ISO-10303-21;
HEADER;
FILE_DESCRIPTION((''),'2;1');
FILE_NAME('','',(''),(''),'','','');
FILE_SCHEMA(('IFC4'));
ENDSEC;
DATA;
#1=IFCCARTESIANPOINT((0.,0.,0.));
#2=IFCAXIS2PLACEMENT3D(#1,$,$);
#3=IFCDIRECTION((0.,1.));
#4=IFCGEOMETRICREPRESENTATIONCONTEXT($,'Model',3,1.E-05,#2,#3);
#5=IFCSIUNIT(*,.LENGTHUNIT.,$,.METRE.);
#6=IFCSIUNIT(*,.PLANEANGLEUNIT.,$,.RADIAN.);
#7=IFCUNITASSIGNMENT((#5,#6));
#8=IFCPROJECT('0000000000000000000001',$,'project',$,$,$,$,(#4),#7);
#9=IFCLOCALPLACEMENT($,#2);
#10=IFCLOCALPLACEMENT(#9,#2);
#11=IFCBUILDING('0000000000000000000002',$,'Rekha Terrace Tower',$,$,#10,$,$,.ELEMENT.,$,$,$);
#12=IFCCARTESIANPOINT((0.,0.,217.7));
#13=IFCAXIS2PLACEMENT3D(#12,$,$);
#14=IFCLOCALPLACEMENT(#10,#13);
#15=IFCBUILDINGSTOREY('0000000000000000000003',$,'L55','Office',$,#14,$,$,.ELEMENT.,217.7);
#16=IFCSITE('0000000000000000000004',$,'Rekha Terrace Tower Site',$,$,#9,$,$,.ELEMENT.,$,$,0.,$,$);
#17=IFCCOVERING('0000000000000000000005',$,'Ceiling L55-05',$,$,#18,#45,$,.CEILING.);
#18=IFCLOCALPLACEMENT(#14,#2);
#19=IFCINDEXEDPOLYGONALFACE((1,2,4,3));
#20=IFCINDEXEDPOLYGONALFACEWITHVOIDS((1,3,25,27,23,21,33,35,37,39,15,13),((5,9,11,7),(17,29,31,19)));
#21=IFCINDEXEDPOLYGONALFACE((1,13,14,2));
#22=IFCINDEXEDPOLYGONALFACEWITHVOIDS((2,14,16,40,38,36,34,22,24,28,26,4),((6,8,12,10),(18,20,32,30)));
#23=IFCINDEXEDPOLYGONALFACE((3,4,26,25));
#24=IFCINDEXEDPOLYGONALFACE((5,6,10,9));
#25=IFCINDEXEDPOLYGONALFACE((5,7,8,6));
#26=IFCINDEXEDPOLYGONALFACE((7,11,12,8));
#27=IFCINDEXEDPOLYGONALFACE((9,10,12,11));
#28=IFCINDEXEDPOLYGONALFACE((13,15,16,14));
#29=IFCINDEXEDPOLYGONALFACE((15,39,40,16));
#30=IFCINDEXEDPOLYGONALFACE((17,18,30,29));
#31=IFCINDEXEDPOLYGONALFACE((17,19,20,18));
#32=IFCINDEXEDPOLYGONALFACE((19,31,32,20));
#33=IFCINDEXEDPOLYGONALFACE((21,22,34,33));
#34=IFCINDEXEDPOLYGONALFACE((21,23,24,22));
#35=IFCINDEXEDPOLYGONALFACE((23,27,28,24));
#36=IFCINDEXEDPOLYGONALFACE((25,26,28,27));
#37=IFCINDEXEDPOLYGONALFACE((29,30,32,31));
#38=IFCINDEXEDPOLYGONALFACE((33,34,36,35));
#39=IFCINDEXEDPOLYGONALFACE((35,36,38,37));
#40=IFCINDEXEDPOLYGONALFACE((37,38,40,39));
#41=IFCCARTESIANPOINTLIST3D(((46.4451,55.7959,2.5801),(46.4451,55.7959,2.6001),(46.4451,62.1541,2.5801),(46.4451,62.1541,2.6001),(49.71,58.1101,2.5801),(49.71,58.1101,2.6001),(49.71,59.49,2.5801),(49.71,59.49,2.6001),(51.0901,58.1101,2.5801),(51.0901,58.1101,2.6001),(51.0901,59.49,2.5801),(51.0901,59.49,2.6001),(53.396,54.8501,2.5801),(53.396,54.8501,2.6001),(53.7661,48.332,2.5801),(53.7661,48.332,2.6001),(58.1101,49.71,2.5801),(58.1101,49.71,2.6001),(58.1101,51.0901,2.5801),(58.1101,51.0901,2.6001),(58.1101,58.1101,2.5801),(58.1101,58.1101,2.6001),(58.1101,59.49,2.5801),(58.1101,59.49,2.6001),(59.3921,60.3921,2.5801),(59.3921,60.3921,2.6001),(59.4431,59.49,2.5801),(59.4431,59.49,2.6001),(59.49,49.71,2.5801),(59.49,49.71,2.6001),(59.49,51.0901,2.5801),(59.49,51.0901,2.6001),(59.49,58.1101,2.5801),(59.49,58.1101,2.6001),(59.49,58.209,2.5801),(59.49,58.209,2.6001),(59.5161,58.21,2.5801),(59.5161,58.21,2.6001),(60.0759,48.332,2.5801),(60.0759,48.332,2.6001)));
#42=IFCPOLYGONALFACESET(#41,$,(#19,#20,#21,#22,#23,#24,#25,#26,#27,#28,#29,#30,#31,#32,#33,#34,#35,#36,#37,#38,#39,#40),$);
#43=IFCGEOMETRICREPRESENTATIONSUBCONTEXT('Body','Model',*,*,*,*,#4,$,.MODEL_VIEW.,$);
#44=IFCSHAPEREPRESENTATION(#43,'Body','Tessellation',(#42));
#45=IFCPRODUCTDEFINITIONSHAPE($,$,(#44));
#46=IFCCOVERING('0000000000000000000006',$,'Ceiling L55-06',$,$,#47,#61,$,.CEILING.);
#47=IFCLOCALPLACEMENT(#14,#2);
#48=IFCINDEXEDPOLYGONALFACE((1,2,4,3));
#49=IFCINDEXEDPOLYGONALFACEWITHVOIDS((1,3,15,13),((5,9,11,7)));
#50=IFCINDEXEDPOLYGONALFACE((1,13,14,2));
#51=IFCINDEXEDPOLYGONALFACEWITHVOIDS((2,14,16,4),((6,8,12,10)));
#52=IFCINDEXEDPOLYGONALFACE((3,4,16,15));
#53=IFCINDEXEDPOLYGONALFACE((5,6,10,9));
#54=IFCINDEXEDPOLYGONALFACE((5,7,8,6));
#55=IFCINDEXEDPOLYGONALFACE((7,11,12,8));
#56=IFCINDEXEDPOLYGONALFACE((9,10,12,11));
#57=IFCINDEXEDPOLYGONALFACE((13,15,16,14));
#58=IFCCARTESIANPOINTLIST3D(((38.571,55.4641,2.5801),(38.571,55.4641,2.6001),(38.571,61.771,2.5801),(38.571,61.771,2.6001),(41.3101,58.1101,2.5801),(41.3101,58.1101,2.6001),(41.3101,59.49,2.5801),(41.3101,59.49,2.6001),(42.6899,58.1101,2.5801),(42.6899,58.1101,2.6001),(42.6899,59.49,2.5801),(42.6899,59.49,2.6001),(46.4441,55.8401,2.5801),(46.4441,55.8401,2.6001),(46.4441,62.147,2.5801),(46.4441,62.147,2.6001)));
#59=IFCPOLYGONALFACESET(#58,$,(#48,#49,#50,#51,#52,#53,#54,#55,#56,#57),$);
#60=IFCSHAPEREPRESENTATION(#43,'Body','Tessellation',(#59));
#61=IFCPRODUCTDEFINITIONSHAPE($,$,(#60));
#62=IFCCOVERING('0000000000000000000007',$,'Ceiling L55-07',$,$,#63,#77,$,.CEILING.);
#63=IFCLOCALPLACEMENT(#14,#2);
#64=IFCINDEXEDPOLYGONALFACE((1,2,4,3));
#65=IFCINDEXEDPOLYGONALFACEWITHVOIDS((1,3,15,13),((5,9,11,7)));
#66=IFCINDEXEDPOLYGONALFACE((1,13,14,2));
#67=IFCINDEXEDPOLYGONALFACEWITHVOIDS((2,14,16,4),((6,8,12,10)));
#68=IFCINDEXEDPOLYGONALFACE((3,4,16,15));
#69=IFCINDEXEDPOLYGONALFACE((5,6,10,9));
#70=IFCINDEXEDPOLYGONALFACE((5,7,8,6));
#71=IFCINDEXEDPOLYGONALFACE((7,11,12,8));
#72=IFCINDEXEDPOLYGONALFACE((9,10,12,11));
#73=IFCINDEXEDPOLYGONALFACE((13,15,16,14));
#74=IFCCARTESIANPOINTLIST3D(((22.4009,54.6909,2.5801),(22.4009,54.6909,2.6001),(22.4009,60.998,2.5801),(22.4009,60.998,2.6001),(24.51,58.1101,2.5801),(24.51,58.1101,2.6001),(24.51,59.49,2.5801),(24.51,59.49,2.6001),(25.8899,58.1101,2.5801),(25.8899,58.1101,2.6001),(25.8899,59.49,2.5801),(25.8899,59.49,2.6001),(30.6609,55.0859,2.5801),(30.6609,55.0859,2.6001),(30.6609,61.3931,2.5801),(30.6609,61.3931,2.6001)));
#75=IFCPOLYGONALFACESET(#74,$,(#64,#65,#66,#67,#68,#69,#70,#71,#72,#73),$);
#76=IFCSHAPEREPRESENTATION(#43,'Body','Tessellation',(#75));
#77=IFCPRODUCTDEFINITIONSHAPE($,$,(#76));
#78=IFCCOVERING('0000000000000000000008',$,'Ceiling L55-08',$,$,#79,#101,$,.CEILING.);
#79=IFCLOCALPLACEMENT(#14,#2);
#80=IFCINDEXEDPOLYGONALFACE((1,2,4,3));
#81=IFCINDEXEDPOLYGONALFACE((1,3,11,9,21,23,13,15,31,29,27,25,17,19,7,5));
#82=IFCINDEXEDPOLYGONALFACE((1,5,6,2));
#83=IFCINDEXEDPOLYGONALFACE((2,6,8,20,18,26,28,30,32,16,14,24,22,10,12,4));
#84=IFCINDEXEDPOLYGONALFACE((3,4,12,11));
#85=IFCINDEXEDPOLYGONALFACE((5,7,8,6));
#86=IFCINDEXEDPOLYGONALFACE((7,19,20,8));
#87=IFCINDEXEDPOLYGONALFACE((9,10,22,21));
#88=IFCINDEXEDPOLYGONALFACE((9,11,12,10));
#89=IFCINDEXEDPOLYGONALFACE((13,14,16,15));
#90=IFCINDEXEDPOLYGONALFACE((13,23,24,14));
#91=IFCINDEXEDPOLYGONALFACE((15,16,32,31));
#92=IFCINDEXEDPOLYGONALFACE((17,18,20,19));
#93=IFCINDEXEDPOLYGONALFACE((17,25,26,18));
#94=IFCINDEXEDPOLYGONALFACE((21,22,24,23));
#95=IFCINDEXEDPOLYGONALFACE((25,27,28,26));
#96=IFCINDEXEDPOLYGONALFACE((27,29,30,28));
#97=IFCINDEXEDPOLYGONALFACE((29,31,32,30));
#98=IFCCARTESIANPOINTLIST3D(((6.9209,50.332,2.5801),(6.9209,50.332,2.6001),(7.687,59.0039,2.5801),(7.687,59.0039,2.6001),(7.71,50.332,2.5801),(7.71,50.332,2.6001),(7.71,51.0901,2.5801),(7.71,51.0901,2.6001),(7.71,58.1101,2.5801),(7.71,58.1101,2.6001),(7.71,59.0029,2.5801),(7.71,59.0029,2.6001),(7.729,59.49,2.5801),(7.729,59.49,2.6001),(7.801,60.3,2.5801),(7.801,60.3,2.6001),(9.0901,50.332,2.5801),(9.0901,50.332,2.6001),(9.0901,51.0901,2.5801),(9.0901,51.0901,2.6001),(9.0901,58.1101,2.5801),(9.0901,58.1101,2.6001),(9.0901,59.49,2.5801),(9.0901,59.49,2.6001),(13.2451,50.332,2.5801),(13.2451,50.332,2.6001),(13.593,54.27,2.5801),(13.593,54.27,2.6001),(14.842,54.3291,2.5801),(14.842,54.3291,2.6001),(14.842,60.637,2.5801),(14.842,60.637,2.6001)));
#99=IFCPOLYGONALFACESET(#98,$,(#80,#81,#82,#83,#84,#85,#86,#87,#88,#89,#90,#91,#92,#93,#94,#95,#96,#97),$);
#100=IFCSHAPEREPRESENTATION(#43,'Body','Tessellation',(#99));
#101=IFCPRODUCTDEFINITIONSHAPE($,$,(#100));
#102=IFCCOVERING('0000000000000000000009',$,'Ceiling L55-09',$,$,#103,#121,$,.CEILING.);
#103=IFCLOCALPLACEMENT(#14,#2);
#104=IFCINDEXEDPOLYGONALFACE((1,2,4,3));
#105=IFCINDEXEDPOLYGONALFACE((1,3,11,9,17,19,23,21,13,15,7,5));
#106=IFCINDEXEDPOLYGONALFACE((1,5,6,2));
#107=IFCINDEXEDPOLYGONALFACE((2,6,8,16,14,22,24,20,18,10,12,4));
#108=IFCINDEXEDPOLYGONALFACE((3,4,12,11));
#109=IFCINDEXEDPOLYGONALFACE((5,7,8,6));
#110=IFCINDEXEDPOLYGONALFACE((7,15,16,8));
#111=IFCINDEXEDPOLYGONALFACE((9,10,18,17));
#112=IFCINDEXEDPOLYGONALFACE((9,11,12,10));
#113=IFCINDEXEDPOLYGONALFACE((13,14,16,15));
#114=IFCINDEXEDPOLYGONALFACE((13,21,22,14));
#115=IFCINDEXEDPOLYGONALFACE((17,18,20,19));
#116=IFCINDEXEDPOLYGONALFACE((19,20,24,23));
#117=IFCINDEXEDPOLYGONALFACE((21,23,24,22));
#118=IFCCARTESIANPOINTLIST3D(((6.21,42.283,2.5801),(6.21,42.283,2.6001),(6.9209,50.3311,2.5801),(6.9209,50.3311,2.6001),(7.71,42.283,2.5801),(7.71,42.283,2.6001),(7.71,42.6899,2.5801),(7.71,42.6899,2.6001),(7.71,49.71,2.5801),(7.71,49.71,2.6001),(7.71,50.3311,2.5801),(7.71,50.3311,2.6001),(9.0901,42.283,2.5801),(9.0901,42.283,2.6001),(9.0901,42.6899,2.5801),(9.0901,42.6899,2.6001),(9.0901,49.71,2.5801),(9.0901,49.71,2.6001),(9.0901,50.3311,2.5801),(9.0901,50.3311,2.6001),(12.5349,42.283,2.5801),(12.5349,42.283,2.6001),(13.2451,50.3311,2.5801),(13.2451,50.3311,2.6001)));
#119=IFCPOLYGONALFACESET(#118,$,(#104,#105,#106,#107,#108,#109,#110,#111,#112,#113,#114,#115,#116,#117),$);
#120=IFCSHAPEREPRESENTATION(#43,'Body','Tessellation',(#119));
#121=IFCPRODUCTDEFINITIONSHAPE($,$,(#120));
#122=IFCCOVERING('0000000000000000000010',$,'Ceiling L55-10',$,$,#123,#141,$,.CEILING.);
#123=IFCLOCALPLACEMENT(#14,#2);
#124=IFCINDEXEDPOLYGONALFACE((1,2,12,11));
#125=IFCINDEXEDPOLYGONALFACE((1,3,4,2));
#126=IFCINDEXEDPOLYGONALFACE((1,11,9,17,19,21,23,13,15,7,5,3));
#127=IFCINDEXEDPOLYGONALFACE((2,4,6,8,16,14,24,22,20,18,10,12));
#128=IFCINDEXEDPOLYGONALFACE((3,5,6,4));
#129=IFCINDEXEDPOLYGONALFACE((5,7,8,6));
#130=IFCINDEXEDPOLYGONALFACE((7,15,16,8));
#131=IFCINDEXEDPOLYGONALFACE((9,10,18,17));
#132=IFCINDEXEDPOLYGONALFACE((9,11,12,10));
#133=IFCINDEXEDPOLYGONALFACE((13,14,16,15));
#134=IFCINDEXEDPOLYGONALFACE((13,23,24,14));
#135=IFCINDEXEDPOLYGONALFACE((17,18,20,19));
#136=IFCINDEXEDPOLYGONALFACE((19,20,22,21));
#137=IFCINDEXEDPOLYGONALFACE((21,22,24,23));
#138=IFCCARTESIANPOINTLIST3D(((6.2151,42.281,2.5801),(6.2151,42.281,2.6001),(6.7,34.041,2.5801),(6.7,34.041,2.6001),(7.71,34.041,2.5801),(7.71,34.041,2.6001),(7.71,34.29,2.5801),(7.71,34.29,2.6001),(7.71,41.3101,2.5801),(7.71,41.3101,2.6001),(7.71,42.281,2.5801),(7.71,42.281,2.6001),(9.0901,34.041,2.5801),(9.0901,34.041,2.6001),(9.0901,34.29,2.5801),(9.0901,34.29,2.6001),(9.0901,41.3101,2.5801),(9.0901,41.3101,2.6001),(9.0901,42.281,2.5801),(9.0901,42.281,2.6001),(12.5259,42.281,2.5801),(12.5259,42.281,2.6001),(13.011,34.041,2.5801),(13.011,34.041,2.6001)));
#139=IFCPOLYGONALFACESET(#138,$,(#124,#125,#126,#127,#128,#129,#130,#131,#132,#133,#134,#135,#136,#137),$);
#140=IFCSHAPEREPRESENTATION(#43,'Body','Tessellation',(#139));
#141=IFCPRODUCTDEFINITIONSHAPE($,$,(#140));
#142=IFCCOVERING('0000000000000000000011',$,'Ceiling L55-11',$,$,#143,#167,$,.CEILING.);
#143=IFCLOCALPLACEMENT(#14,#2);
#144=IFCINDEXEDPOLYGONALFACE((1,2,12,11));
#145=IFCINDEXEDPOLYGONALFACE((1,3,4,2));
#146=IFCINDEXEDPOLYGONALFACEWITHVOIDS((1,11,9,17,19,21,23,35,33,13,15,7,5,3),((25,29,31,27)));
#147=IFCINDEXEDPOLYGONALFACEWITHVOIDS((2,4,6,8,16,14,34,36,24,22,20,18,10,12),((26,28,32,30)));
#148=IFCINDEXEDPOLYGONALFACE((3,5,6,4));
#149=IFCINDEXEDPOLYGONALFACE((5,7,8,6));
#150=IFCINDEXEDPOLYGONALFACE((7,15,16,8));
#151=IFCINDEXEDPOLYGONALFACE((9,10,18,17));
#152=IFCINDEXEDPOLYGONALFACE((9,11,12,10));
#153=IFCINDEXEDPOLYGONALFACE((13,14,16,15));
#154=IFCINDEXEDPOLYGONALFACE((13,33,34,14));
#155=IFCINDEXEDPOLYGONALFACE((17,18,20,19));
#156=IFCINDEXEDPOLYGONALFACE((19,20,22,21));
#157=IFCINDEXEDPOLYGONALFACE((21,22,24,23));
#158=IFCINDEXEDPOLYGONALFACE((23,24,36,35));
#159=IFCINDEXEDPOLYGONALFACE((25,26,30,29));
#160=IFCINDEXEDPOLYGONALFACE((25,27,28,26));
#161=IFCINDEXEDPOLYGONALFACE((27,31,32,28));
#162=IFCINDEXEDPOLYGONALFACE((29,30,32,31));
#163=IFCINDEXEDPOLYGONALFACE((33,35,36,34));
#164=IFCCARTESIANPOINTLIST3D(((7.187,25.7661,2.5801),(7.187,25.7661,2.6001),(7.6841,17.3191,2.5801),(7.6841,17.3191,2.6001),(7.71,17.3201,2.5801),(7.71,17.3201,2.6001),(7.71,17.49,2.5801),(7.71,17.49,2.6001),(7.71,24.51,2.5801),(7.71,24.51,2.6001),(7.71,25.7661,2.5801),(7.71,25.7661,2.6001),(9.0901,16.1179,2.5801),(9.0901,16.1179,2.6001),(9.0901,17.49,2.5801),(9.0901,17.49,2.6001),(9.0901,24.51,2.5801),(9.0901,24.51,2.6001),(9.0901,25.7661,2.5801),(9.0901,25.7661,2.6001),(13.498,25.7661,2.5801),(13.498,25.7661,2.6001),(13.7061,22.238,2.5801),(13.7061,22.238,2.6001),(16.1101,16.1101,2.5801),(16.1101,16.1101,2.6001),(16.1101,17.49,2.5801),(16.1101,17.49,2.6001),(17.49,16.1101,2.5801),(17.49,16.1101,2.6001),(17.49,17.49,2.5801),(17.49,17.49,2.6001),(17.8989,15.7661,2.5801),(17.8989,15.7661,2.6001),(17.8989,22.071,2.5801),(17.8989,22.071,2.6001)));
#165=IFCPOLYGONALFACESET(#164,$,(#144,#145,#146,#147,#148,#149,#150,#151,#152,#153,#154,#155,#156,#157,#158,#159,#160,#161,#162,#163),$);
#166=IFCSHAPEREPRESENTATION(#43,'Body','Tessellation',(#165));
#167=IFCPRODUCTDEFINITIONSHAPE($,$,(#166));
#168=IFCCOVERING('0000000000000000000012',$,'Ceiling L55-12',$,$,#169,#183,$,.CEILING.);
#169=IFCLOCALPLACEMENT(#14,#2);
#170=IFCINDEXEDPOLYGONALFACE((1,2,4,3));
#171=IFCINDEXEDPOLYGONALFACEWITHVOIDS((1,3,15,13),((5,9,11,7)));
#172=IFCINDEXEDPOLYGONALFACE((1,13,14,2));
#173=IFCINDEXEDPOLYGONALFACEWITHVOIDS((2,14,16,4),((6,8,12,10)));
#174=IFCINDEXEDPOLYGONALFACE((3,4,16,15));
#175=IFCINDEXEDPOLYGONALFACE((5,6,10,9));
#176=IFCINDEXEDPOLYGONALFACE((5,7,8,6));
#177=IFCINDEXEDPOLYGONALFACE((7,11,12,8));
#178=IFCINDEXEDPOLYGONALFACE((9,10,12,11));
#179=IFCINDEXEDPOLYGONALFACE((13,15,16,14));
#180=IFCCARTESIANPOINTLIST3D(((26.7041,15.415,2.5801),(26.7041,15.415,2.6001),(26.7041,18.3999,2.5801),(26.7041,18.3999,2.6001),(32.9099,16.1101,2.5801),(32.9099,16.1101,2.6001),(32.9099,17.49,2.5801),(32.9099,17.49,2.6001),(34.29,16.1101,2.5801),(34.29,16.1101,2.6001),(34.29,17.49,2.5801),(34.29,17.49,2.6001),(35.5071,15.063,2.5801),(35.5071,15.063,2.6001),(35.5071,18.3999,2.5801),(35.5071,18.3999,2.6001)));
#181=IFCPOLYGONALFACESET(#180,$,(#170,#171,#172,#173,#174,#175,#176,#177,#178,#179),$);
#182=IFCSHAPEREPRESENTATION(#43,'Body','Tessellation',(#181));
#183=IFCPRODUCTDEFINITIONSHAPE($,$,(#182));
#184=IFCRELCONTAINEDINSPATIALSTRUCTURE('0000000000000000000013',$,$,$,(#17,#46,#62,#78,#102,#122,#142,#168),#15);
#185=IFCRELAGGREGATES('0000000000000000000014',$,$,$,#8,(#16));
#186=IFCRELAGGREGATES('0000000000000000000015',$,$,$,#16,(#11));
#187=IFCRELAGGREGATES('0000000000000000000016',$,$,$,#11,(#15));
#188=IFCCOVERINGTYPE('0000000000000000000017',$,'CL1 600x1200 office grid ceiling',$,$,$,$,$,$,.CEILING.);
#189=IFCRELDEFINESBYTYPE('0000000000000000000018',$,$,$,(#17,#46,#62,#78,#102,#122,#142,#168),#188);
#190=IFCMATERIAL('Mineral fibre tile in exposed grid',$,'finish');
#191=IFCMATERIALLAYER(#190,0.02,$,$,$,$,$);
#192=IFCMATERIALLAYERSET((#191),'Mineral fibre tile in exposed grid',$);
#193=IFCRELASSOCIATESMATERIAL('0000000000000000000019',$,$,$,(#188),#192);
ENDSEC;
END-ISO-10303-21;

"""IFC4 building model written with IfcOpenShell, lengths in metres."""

from ifc_helpers import new_model, si_unit, direction, frame, origin, place, context, subcontext, project, spatial, polyline, outline, extrude, material, layer, layer_set, type_object, element, save


model = new_model("IFC4")

# Units and contexts
model_context = context("Model", 3, precision=1e-05, world=origin(), true_north=direction((0.0, 1.0)))
body_context = subcontext(model_context, "Body", "Model", "MODEL_VIEW")
ifc_project = project(units=[si_unit("LENGTHUNIT", "METRE"), si_unit("PLANEANGLEUNIT", "RADIAN")], contexts=[model_context])

# Site, building, storey
site_placement = place(None, origin())
site = spatial("IfcSite", under=ifc_project, at=site_placement, Name="Rekha Terrace Tower Site", CompositionType="ELEMENT", RefElevation=0.0)
building_placement = place(site_placement, origin())
building = spatial("IfcBuilding", under=site, at=building_placement, Name="Rekha Terrace Tower", CompositionType="ELEMENT")
storey_placement = place(building_placement, frame((0.0, 0.0, 217.7)))
storey = spatial("IfcBuildingStorey", under=building, at=storey_placement, Name="L55", Description="Office", CompositionType="ELEMENT", Elevation=217.7)

# Coverings
ifc_material_1 = material(Name="Mineral fibre tile in exposed grid", Category="finish")
ifc_layer_1 = layer(ifc_material_1, 0.02)
ifc_layer_set_1 = layer_set([ifc_layer_1], Name="Mineral fibre tile in exposed grid")
covering_type_1 = type_object("IfcCoveringType", Name="CL1 600x1200 office grid ceiling", PredefinedType="CEILING", material=ifc_layer_set_1)
covering_1_placement = place(storey_placement, frame((0.0, 0.0, 2.5801)))
element("IfcCovering", 1, at=covering_1_placement, inside=storey, type_object=covering_type_1, Name="Ceiling L55-05", PredefinedType="CEILING", context=body_context, shape_type="SweptSolid", body=[
    extrude(outline(polyline([(58.1101, 59.49), (59.4431, 59.49), (59.3921, 60.3921), (46.4451, 62.1541), (46.4451, 55.7959), (53.396, 54.8501), (53.7661, 48.332), (60.0759, 48.332), (59.5161, 58.21), (59.49, 58.209), (59.49, 58.1101), (58.1101, 58.1101), (58.1101, 59.49)]), holes=[polyline([(59.49, 51.0901), (59.49, 49.71), (58.1101, 49.71), (58.1101, 51.0901), (59.49, 51.0901)]), polyline([(51.0901, 58.1101), (49.71, 58.1101), (49.71, 59.49), (51.0901, 59.49), (51.0901, 58.1101)])]), origin(), (0.0, 0.0, 1.0), 0.02),
])
covering_2_placement = place(storey_placement, frame((0.0, 0.0, 2.5801)))
element("IfcCovering", 2, at=covering_2_placement, inside=storey, type_object=covering_type_1, Name="Ceiling L55-06", PredefinedType="CEILING", context=body_context, shape_type="SweptSolid", body=[
    extrude(outline(polyline([(46.4441, 62.147), (38.571, 61.771), (38.571, 55.4641), (46.4441, 55.8401), (46.4441, 62.147)]), holes=[polyline([(42.6899, 59.49), (42.6899, 58.1101), (41.3101, 58.1101), (41.3101, 59.49), (42.6899, 59.49)])]), origin(), (0.0, 0.0, 1.0), 0.02),
])
covering_3_placement = place(storey_placement, frame((0.0, 0.0, 2.5801)))
element("IfcCovering", 3, at=covering_3_placement, inside=storey, type_object=covering_type_1, Name="Ceiling L55-07", PredefinedType="CEILING", context=body_context, shape_type="SweptSolid", body=[
    extrude(outline(polyline([(22.4009, 60.998), (22.4009, 54.6909), (30.6609, 55.0859), (30.6609, 61.3931), (22.4009, 60.998)]), holes=[polyline([(25.8899, 58.1101), (24.51, 58.1101), (24.51, 59.49), (25.8899, 59.49), (25.8899, 58.1101)])]), origin(), (0.0, 0.0, 1.0), 0.02),
])
covering_4_placement = place(storey_placement, frame((0.0, 0.0, 2.5801)))
element("IfcCovering", 4, at=covering_4_placement, inside=storey, type_object=covering_type_1, Name="Ceiling L55-08", PredefinedType="CEILING", context=body_context, shape_type="SweptSolid", body=[
    extrude(outline(polyline([(13.593, 54.27), (14.842, 54.3291), (14.842, 60.637), (7.801, 60.3), (7.729, 59.49), (9.0901, 59.49), (9.0901, 58.1101), (7.71, 58.1101), (7.71, 59.0029), (7.687, 59.0039), (6.9209, 50.332), (7.71, 50.332), (7.71, 51.0901), (9.0901, 51.0901), (9.0901, 50.332), (13.2451, 50.332), (13.593, 54.27)])), origin(), (0.0, 0.0, 1.0), 0.02),
])
covering_5_placement = place(storey_placement, frame((0.0, 0.0, 2.5801)))
element("IfcCovering", 5, at=covering_5_placement, inside=storey, type_object=covering_type_1, Name="Ceiling L55-09", PredefinedType="CEILING", context=body_context, shape_type="SweptSolid", body=[
    extrude(outline(polyline([(7.71, 49.71), (7.71, 50.3311), (6.9209, 50.3311), (6.21, 42.283), (7.71, 42.283), (7.71, 42.6899), (9.0901, 42.6899), (9.0901, 42.283), (12.5349, 42.283), (13.2451, 50.3311), (9.0901, 50.3311), (9.0901, 49.71), (7.71, 49.71)])), origin(), (0.0, 0.0, 1.0), 0.02),
])
covering_6_placement = place(storey_placement, frame((0.0, 0.0, 2.5801)))
element("IfcCovering", 6, at=covering_6_placement, inside=storey, type_object=covering_type_1, Name="Ceiling L55-10", PredefinedType="CEILING", context=body_context, shape_type="SweptSolid", body=[
    extrude(outline(polyline([(9.0901, 34.041), (13.011, 34.041), (12.5259, 42.281), (9.0901, 42.281), (9.0901, 41.3101), (7.71, 41.3101), (7.71, 42.281), (6.2151, 42.281), (6.7, 34.041), (7.71, 34.041), (7.71, 34.29), (9.0901, 34.29), (9.0901, 34.041)])), origin(), (0.0, 0.0, 1.0), 0.02),
])
covering_7_placement = place(storey_placement, frame((0.0, 0.0, 2.5801)))
element("IfcCovering", 7, at=covering_7_placement, inside=storey, type_object=covering_type_1, Name="Ceiling L55-11", PredefinedType="CEILING", context=body_context, shape_type="SweptSolid", body=[
    extrude(outline(polyline([(7.71, 24.51), (7.71, 25.7661), (7.187, 25.7661), (7.6841, 17.3191), (7.71, 17.3201), (7.71, 17.49), (9.0901, 17.49), (9.0901, 16.1179), (17.8989, 15.7661), (17.8989, 22.071), (13.7061, 22.238), (13.498, 25.7661), (9.0901, 25.7661), (9.0901, 24.51), (7.71, 24.51)]), holes=[polyline([(17.49, 17.49), (17.49, 16.1101), (16.1101, 16.1101), (16.1101, 17.49), (17.49, 17.49)])]), origin(), (0.0, 0.0, 1.0), 0.02),
])
covering_8_placement = place(storey_placement, frame((0.0, 0.0, 2.5801)))
element("IfcCovering", 8, at=covering_8_placement, inside=storey, type_object=covering_type_1, Name="Ceiling L55-12", PredefinedType="CEILING", context=body_context, shape_type="SweptSolid", body=[
    extrude(outline(polyline([(35.5071, 15.063), (35.5071, 18.3999), (26.7041, 18.3999), (26.7041, 15.415), (35.5071, 15.063)]), holes=[polyline([(34.29, 16.1101), (32.9099, 16.1101), (32.9099, 17.49), (34.29, 17.49), (34.29, 16.1101)])]), origin(), (0.0, 0.0, 1.0), 0.02),
])

save(model, "model.ifc")
